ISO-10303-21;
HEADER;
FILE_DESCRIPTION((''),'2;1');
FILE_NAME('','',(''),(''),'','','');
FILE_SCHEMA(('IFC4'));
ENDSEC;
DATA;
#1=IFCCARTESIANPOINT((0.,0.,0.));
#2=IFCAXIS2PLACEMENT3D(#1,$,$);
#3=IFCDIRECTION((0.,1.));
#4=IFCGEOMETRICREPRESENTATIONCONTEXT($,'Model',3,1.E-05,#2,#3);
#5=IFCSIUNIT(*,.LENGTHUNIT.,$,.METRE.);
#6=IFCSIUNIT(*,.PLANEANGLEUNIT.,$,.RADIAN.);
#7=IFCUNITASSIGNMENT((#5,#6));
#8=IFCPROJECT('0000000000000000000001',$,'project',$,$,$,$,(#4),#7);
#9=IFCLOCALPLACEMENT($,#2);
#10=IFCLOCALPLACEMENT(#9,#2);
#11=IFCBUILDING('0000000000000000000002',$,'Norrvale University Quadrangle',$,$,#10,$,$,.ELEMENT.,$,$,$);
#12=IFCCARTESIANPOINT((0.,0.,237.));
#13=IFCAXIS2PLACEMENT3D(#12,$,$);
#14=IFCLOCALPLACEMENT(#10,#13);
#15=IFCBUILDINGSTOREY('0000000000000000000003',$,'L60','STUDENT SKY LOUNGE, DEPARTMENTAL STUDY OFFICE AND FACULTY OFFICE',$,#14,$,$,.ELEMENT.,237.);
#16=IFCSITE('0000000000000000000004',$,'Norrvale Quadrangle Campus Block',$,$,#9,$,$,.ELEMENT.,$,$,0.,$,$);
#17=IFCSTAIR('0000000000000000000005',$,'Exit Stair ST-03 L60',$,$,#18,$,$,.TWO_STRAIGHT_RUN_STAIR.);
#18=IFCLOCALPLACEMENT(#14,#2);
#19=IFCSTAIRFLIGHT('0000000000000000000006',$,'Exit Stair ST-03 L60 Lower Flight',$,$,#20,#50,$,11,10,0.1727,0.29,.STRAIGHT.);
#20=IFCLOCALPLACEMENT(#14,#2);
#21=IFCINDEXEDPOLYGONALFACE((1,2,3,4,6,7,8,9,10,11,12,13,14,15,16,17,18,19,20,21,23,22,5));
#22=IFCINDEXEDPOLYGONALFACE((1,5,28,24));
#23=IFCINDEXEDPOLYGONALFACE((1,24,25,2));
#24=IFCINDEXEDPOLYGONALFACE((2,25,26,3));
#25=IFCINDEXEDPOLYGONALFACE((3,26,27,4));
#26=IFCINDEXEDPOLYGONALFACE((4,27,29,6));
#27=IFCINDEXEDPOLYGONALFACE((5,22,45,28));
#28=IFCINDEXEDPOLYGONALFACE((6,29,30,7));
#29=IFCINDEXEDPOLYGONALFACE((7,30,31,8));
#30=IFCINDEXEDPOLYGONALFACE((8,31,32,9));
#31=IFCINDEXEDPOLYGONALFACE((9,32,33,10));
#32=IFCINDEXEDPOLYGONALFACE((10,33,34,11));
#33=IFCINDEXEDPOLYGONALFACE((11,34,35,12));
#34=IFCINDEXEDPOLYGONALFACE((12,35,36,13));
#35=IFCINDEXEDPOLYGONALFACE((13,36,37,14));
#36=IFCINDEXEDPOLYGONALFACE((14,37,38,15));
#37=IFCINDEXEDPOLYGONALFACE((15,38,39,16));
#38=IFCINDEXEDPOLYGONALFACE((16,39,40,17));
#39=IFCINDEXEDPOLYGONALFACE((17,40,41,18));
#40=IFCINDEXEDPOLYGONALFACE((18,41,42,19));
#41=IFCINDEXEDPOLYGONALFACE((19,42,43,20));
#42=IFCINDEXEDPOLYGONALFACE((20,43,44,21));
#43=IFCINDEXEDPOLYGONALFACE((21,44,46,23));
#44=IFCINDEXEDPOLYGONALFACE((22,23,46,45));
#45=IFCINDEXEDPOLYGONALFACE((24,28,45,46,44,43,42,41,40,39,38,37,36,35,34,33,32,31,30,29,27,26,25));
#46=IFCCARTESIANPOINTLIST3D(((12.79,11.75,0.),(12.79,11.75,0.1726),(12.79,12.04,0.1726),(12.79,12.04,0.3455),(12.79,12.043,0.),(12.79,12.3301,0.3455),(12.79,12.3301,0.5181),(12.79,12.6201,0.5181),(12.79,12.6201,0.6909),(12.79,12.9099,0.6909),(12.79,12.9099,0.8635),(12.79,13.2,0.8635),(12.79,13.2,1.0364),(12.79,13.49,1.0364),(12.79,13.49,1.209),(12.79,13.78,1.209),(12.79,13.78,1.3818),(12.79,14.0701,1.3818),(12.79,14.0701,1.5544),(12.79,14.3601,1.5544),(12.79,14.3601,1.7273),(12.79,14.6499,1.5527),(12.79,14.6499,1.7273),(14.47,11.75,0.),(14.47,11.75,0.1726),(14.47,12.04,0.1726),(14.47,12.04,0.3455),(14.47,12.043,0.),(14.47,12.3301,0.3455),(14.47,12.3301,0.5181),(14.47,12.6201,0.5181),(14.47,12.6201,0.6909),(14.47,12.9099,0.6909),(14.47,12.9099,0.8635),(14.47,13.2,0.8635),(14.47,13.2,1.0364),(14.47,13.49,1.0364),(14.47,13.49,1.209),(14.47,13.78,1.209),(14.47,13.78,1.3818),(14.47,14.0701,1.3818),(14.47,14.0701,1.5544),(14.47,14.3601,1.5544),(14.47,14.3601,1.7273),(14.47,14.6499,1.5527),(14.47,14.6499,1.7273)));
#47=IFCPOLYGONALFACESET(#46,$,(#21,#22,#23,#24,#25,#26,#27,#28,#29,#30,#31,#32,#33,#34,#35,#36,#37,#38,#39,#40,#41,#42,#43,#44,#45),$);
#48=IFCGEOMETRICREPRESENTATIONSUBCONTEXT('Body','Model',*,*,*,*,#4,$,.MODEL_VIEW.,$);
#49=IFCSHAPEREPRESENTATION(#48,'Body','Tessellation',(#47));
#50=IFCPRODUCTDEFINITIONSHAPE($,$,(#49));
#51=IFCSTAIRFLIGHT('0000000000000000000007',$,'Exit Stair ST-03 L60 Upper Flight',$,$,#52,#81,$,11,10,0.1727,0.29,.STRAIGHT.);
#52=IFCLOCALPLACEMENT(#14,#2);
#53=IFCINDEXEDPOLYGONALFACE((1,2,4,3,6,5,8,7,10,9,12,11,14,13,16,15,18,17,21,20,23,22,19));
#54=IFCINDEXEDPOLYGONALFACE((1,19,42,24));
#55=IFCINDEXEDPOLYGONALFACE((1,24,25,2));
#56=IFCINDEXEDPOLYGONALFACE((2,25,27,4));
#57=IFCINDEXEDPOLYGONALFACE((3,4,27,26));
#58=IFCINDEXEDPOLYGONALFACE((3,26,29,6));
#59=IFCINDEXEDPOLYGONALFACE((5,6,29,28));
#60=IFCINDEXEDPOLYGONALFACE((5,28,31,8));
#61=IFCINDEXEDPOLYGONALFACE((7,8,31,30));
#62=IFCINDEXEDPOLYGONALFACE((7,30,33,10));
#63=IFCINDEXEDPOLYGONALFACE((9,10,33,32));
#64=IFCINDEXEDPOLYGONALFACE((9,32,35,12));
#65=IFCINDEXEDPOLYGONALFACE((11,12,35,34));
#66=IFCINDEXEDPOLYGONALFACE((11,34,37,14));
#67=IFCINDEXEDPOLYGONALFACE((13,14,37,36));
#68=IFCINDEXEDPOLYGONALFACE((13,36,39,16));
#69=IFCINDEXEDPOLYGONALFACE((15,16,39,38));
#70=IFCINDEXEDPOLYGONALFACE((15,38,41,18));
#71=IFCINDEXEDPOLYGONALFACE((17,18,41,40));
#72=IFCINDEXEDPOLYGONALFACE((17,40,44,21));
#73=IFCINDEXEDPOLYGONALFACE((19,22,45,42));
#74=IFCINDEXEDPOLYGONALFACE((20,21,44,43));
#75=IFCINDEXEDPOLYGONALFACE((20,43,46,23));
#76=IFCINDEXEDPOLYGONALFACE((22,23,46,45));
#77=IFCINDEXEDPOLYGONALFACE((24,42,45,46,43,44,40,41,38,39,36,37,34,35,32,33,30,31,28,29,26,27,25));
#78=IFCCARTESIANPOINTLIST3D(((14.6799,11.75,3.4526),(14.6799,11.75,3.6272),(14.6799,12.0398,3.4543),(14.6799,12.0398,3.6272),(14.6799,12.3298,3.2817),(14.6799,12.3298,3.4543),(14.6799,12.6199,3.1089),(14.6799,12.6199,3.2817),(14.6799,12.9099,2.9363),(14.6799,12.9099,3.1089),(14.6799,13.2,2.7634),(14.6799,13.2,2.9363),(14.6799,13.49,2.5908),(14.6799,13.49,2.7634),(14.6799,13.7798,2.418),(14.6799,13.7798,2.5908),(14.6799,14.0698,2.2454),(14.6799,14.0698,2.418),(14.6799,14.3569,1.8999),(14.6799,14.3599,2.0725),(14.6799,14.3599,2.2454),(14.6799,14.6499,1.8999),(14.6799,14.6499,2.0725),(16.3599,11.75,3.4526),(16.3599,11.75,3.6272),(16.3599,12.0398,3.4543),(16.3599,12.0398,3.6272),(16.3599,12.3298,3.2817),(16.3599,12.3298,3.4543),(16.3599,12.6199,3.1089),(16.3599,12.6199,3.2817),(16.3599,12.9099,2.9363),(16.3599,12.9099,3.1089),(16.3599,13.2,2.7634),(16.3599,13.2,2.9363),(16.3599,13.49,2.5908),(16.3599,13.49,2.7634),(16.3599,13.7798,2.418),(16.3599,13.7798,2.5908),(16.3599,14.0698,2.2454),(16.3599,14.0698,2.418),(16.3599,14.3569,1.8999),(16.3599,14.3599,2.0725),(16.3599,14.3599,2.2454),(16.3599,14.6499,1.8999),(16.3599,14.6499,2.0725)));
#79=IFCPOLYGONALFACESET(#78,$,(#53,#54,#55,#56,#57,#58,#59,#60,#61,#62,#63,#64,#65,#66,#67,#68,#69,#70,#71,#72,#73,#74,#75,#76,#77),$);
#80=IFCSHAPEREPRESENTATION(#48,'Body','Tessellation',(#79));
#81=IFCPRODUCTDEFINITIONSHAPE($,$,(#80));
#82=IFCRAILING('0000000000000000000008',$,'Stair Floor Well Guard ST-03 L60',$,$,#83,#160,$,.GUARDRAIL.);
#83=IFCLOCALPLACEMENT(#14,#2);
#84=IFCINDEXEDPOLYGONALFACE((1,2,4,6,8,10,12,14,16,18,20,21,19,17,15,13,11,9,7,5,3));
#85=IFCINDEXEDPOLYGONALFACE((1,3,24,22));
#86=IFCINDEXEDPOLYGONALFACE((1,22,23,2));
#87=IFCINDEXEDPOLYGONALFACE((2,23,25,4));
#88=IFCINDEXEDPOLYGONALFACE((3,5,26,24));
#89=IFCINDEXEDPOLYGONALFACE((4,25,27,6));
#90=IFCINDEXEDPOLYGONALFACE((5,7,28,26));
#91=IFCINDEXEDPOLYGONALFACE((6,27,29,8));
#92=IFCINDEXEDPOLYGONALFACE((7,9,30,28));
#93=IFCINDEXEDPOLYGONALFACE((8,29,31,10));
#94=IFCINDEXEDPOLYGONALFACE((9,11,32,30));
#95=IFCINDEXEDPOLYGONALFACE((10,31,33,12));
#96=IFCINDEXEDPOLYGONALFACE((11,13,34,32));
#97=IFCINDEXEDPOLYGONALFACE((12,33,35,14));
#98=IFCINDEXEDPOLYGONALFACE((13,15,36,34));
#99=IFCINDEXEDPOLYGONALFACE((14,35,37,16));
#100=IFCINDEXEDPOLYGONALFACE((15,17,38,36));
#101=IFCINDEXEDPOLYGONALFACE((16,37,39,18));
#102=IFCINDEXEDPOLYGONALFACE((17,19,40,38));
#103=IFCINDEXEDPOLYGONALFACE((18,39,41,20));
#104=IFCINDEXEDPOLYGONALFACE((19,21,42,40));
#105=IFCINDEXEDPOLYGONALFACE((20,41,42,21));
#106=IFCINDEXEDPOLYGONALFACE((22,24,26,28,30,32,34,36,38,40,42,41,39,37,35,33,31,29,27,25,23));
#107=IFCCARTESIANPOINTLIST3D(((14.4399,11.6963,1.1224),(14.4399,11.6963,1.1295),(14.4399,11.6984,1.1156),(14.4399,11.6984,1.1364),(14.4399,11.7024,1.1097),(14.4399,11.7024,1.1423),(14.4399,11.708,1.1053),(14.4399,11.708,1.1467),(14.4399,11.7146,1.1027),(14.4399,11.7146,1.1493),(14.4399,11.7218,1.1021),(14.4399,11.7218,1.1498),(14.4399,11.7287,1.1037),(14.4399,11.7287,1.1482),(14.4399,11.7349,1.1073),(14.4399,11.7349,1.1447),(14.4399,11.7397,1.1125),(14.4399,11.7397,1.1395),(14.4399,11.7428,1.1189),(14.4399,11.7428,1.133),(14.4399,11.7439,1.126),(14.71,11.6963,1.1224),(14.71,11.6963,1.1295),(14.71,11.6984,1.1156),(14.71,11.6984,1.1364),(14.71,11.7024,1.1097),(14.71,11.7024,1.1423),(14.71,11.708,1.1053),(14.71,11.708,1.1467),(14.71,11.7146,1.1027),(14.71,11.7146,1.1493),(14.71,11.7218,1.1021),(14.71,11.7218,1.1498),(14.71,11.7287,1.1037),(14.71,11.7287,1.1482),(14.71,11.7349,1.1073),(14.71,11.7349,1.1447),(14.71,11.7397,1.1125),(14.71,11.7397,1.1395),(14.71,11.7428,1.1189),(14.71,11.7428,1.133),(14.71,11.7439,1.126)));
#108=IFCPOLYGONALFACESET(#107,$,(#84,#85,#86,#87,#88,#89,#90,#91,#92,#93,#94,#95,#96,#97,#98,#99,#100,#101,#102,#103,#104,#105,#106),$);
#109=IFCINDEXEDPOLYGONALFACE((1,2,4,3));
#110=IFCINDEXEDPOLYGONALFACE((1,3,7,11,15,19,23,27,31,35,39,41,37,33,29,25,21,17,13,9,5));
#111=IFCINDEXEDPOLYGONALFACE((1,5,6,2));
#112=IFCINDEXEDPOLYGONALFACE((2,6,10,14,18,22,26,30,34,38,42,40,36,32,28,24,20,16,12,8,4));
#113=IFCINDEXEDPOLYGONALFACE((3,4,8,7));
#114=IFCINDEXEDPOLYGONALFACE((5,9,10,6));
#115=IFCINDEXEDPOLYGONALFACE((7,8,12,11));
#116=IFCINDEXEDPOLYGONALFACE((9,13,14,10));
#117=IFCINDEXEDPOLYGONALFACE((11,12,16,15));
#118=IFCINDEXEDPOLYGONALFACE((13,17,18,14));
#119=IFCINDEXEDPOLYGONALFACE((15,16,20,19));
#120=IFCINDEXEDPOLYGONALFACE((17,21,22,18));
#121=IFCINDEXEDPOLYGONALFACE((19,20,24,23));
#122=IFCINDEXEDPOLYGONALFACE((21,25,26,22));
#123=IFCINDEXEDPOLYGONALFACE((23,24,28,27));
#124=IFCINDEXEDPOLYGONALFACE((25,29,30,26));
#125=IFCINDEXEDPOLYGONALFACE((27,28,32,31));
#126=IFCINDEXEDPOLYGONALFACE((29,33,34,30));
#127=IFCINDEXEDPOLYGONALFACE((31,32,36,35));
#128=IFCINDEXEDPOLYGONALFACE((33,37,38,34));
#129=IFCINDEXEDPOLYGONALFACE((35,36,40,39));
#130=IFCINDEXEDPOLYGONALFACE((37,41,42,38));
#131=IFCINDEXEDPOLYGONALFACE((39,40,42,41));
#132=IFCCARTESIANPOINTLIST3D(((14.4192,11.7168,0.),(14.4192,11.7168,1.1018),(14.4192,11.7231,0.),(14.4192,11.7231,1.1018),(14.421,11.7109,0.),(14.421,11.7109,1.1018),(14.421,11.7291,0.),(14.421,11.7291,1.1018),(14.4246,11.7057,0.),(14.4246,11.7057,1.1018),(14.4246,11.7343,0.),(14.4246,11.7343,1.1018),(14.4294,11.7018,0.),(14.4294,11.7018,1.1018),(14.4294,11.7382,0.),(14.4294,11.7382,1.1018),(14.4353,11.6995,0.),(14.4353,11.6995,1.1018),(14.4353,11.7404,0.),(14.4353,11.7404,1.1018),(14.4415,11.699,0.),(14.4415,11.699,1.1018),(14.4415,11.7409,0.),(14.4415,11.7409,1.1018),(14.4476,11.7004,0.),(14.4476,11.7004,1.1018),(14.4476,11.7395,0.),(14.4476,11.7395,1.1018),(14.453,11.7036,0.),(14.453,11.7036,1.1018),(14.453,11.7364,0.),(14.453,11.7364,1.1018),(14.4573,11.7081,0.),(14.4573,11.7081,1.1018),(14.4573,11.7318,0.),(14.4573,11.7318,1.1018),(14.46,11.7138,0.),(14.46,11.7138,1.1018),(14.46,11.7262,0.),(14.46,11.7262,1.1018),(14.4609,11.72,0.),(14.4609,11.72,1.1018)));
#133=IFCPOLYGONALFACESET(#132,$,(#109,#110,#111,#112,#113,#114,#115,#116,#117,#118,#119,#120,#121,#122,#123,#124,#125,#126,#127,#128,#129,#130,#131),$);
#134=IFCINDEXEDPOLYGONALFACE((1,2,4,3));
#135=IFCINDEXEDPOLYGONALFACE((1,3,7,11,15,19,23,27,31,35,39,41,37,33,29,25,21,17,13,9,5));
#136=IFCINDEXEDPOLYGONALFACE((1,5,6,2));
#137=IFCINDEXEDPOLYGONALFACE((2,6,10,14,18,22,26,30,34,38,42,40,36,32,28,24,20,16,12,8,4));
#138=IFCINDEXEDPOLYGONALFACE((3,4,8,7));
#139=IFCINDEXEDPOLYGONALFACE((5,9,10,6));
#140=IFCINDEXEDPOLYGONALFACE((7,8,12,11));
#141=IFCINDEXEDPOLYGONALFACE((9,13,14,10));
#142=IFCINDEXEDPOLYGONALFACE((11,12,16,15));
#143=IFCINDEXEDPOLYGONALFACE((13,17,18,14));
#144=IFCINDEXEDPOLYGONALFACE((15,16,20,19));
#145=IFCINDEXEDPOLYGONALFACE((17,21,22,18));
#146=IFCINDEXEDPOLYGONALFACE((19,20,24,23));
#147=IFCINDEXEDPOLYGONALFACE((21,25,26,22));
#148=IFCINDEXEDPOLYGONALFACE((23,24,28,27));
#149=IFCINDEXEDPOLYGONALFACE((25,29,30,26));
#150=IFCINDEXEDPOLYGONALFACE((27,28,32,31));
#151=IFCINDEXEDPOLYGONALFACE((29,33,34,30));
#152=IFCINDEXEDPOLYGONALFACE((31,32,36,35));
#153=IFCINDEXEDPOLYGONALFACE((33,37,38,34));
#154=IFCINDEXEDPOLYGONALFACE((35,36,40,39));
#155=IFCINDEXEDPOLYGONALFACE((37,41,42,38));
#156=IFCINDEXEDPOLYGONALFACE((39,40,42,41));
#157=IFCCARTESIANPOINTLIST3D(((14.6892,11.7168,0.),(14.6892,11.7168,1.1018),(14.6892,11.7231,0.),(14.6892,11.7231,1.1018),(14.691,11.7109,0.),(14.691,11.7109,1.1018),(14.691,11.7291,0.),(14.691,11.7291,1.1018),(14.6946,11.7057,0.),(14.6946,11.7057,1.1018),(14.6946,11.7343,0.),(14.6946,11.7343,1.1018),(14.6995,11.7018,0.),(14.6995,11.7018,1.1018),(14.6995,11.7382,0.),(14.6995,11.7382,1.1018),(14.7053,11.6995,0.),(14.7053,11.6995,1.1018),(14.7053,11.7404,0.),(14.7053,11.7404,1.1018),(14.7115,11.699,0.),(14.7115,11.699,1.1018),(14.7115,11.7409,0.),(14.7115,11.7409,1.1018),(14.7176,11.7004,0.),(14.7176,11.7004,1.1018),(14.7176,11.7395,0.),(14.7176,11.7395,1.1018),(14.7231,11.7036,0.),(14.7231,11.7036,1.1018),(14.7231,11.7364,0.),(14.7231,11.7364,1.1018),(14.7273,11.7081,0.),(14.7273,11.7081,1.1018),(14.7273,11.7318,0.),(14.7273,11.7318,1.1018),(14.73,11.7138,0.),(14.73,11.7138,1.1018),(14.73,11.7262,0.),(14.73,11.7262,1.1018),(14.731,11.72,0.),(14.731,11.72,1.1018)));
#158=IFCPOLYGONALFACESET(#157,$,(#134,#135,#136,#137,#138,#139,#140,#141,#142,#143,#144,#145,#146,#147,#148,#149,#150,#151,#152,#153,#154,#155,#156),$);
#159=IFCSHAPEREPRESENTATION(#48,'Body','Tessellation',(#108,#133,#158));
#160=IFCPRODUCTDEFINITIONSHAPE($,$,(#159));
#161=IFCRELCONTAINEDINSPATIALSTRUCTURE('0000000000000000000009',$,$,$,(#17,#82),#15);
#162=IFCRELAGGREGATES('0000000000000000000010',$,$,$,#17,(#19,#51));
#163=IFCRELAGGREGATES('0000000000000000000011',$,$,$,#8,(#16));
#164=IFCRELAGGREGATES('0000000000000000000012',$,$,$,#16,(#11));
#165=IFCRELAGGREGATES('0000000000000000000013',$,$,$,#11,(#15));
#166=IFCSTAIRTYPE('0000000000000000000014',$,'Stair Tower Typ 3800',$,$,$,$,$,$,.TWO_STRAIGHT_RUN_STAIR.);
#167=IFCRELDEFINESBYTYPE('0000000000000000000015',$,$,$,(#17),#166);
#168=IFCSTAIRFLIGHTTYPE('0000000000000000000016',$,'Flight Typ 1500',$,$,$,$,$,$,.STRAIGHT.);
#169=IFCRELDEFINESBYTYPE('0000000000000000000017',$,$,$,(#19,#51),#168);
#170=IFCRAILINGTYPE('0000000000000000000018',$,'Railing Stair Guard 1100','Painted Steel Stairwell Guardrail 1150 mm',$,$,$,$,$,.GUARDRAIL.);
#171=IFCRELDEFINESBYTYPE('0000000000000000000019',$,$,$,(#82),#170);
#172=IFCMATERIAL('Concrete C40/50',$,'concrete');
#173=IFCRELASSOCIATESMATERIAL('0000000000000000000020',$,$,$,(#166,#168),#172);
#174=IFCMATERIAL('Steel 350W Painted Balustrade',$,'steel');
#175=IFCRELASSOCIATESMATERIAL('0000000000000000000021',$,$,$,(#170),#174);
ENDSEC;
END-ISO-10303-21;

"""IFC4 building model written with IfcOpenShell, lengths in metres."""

from ifc_helpers import new_model, si_unit, direction, frame, origin, origin_2d, place, context, subcontext, project, spatial, polyline, circle, outline, extrude, material, type_object, element, aggregate, save


model = new_model("IFC4")

# Units and contexts
model_context = context("Model", 3, precision=1e-05, world=origin(), true_north=direction((0.0, 1.0)))
body_context = subcontext(model_context, "Body", "Model", "MODEL_VIEW")
ifc_project = project(units=[si_unit("LENGTHUNIT", "METRE"), si_unit("PLANEANGLEUNIT", "RADIAN")], contexts=[model_context])

# Site, building, storey
site_placement = place(None, origin())
site = spatial("IfcSite", under=ifc_project, at=site_placement, Name="Norrvale Quadrangle Campus Block", CompositionType="ELEMENT", RefElevation=0.0)
building_placement = place(site_placement, origin())
building = spatial("IfcBuilding", under=site, at=building_placement, Name="Norrvale University Quadrangle", CompositionType="ELEMENT")
storey_placement = place(building_placement, frame((0.0, 0.0, 237.0)))
storey = spatial("IfcBuildingStorey", under=building, at=storey_placement, Name="L60", Description="STUDENT SKY LOUNGE, DEPARTMENTAL STUDY OFFICE AND FACULTY OFFICE", CompositionType="ELEMENT", Elevation=237.0)

# Stair, stair flights
ifc_material_1 = material(Name="Concrete C40/50", Category="concrete")
stair_type = type_object("IfcStairType", Name="Stair Tower Typ 3800", PredefinedType="TWO_STRAIGHT_RUN_STAIR", material=ifc_material_1)
stair_placement = place(storey_placement, origin())
stair = element("IfcStair", 1, at=stair_placement, inside=storey, type_object=stair_type, Name="Exit Stair ST-03 L60", PredefinedType="TWO_STRAIGHT_RUN_STAIR")
stair_flight_type = type_object("IfcStairFlightType", Name="Flight Typ 1500", PredefinedType="STRAIGHT", material=ifc_material_1)
stair_flight_1_placement = place(storey_placement, frame((13.6299, 11.75, 0.0), z_axis=(0.0, 0.0, 1.0), x_axis=(0.0, 1.0, 0.0)))
stair_flight_1 = element("IfcStairFlight", 2, at=stair_flight_1_placement, type_object=stair_flight_type, Name="Exit Stair ST-03 L60 Lower Flight", NumberOfRisers=11, NumberOfTreads=10, PredefinedType="STRAIGHT", RiserHeight=0.1727, TreadLength=0.29, context=body_context, shape_type="SweptSolid", body=[
    extrude(outline(polyline([(0.0, 0.0), (0.0, 0.1726), (0.29, 0.1726), (0.29, 0.3455), (0.5801, 0.3455), (0.5801, 0.5181), (0.8701, 0.5181), (0.8701, 0.6909), (1.1599, 0.6909), (1.1599, 0.8635), (1.45, 0.8635), (1.45, 1.0364), (1.74, 1.0364), (1.74, 1.209), (2.03, 1.209), (2.03, 1.3818), (2.3201, 1.3818), (2.3201, 1.5544), (2.6101, 1.5544), (2.6101, 1.7273), (2.8999, 1.7273), (2.8999, 1.8999), (2.8999, 1.5527), (0.293, 0.0), (0.0, 0.0)])), frame((0.0, 0.8398, 0.0), z_axis=(0.0, -1.0, 0.0), x_axis=(1.0, 0.0, 0.0)), (0.0, 0.0, 1.0), 1.6799),
])
stair_flight_2_placement = place(storey_placement, frame((15.52, 14.6499, 1.8999), z_axis=(0.0, 0.0, 1.0), x_axis=(0.0, -1.0, 0.0)))
stair_flight_2 = element("IfcStairFlight", 3, at=stair_flight_2_placement, type_object=stair_flight_type, Name="Exit Stair ST-03 L60 Upper Flight", NumberOfRisers=11, NumberOfTreads=10, PredefinedType="STRAIGHT", RiserHeight=0.1727, TreadLength=0.29, context=body_context, shape_type="SweptSolid", body=[
    extrude(outline(polyline([(0.0, 0.0), (0.0, 0.1726), (0.29, 0.1726), (0.29, 0.3455), (0.5801, 0.3455), (0.5801, 0.5181), (0.8701, 0.5181), (0.8701, 0.6909), (1.1599, 0.6909), (1.1599, 0.8635), (1.45, 0.8635), (1.45, 1.0364), (1.74, 1.0364), (1.74, 1.209), (2.03, 1.209), (2.03, 1.3818), (2.3201, 1.3818), (2.3201, 1.5544), (2.6101, 1.5544), (2.6101, 1.7273), (2.8999, 1.7273), (2.8999, 1.8999), (2.8999, 1.5527), (0.293, 0.0), (0.0, 0.0)])), frame((0.0, 0.8398, 0.0), z_axis=(0.0, -1.0, 0.0), x_axis=(1.0, 0.0, 0.0)), (0.0, 0.0, 1.0), 1.6799),
])
aggregate(stair, [stair_flight_1, stair_flight_2])

# Railing
ifc_material_2 = material(Name="Steel 350W Painted Balustrade", Category="steel")
railing_type_1 = type_object("IfcRailingType", Name="Railing Stair Guard 1100", Description="Painted Steel Stairwell Guardrail 1150 mm", PredefinedType="GUARDRAIL", material=ifc_material_2)
for number, where, name in (
    (4, (14.4399, 11.72, 0.0), "Stair Floor Well Guard ST-03 L60"),
):
    element("IfcRailing", number, at=place(storey_placement, frame(where)), inside=storey, type_object=railing_type_1, Name=name, PredefinedType="GUARDRAIL", context=body_context, shape_type="SweptSolid", body=[
        extrude(circle(Radius=0.0239, at=origin_2d()), frame((0.0, 0.0, 1.126), z_axis=(1.0, 0.0, 0.0), x_axis=(0.0, 1.0, 0.0)), (0.0, 0.0, 1.0), 0.27),
        extrude(circle(Radius=0.021, at=origin_2d()), origin(), (0.0, 0.0, 1.0), 1.1018),
        extrude(circle(Radius=0.021, at=origin_2d()), frame((0.27, 0.0, 0.0)), (0.0, 0.0, 1.0), 1.1018),
    ])

save(model, "model.ifc")
